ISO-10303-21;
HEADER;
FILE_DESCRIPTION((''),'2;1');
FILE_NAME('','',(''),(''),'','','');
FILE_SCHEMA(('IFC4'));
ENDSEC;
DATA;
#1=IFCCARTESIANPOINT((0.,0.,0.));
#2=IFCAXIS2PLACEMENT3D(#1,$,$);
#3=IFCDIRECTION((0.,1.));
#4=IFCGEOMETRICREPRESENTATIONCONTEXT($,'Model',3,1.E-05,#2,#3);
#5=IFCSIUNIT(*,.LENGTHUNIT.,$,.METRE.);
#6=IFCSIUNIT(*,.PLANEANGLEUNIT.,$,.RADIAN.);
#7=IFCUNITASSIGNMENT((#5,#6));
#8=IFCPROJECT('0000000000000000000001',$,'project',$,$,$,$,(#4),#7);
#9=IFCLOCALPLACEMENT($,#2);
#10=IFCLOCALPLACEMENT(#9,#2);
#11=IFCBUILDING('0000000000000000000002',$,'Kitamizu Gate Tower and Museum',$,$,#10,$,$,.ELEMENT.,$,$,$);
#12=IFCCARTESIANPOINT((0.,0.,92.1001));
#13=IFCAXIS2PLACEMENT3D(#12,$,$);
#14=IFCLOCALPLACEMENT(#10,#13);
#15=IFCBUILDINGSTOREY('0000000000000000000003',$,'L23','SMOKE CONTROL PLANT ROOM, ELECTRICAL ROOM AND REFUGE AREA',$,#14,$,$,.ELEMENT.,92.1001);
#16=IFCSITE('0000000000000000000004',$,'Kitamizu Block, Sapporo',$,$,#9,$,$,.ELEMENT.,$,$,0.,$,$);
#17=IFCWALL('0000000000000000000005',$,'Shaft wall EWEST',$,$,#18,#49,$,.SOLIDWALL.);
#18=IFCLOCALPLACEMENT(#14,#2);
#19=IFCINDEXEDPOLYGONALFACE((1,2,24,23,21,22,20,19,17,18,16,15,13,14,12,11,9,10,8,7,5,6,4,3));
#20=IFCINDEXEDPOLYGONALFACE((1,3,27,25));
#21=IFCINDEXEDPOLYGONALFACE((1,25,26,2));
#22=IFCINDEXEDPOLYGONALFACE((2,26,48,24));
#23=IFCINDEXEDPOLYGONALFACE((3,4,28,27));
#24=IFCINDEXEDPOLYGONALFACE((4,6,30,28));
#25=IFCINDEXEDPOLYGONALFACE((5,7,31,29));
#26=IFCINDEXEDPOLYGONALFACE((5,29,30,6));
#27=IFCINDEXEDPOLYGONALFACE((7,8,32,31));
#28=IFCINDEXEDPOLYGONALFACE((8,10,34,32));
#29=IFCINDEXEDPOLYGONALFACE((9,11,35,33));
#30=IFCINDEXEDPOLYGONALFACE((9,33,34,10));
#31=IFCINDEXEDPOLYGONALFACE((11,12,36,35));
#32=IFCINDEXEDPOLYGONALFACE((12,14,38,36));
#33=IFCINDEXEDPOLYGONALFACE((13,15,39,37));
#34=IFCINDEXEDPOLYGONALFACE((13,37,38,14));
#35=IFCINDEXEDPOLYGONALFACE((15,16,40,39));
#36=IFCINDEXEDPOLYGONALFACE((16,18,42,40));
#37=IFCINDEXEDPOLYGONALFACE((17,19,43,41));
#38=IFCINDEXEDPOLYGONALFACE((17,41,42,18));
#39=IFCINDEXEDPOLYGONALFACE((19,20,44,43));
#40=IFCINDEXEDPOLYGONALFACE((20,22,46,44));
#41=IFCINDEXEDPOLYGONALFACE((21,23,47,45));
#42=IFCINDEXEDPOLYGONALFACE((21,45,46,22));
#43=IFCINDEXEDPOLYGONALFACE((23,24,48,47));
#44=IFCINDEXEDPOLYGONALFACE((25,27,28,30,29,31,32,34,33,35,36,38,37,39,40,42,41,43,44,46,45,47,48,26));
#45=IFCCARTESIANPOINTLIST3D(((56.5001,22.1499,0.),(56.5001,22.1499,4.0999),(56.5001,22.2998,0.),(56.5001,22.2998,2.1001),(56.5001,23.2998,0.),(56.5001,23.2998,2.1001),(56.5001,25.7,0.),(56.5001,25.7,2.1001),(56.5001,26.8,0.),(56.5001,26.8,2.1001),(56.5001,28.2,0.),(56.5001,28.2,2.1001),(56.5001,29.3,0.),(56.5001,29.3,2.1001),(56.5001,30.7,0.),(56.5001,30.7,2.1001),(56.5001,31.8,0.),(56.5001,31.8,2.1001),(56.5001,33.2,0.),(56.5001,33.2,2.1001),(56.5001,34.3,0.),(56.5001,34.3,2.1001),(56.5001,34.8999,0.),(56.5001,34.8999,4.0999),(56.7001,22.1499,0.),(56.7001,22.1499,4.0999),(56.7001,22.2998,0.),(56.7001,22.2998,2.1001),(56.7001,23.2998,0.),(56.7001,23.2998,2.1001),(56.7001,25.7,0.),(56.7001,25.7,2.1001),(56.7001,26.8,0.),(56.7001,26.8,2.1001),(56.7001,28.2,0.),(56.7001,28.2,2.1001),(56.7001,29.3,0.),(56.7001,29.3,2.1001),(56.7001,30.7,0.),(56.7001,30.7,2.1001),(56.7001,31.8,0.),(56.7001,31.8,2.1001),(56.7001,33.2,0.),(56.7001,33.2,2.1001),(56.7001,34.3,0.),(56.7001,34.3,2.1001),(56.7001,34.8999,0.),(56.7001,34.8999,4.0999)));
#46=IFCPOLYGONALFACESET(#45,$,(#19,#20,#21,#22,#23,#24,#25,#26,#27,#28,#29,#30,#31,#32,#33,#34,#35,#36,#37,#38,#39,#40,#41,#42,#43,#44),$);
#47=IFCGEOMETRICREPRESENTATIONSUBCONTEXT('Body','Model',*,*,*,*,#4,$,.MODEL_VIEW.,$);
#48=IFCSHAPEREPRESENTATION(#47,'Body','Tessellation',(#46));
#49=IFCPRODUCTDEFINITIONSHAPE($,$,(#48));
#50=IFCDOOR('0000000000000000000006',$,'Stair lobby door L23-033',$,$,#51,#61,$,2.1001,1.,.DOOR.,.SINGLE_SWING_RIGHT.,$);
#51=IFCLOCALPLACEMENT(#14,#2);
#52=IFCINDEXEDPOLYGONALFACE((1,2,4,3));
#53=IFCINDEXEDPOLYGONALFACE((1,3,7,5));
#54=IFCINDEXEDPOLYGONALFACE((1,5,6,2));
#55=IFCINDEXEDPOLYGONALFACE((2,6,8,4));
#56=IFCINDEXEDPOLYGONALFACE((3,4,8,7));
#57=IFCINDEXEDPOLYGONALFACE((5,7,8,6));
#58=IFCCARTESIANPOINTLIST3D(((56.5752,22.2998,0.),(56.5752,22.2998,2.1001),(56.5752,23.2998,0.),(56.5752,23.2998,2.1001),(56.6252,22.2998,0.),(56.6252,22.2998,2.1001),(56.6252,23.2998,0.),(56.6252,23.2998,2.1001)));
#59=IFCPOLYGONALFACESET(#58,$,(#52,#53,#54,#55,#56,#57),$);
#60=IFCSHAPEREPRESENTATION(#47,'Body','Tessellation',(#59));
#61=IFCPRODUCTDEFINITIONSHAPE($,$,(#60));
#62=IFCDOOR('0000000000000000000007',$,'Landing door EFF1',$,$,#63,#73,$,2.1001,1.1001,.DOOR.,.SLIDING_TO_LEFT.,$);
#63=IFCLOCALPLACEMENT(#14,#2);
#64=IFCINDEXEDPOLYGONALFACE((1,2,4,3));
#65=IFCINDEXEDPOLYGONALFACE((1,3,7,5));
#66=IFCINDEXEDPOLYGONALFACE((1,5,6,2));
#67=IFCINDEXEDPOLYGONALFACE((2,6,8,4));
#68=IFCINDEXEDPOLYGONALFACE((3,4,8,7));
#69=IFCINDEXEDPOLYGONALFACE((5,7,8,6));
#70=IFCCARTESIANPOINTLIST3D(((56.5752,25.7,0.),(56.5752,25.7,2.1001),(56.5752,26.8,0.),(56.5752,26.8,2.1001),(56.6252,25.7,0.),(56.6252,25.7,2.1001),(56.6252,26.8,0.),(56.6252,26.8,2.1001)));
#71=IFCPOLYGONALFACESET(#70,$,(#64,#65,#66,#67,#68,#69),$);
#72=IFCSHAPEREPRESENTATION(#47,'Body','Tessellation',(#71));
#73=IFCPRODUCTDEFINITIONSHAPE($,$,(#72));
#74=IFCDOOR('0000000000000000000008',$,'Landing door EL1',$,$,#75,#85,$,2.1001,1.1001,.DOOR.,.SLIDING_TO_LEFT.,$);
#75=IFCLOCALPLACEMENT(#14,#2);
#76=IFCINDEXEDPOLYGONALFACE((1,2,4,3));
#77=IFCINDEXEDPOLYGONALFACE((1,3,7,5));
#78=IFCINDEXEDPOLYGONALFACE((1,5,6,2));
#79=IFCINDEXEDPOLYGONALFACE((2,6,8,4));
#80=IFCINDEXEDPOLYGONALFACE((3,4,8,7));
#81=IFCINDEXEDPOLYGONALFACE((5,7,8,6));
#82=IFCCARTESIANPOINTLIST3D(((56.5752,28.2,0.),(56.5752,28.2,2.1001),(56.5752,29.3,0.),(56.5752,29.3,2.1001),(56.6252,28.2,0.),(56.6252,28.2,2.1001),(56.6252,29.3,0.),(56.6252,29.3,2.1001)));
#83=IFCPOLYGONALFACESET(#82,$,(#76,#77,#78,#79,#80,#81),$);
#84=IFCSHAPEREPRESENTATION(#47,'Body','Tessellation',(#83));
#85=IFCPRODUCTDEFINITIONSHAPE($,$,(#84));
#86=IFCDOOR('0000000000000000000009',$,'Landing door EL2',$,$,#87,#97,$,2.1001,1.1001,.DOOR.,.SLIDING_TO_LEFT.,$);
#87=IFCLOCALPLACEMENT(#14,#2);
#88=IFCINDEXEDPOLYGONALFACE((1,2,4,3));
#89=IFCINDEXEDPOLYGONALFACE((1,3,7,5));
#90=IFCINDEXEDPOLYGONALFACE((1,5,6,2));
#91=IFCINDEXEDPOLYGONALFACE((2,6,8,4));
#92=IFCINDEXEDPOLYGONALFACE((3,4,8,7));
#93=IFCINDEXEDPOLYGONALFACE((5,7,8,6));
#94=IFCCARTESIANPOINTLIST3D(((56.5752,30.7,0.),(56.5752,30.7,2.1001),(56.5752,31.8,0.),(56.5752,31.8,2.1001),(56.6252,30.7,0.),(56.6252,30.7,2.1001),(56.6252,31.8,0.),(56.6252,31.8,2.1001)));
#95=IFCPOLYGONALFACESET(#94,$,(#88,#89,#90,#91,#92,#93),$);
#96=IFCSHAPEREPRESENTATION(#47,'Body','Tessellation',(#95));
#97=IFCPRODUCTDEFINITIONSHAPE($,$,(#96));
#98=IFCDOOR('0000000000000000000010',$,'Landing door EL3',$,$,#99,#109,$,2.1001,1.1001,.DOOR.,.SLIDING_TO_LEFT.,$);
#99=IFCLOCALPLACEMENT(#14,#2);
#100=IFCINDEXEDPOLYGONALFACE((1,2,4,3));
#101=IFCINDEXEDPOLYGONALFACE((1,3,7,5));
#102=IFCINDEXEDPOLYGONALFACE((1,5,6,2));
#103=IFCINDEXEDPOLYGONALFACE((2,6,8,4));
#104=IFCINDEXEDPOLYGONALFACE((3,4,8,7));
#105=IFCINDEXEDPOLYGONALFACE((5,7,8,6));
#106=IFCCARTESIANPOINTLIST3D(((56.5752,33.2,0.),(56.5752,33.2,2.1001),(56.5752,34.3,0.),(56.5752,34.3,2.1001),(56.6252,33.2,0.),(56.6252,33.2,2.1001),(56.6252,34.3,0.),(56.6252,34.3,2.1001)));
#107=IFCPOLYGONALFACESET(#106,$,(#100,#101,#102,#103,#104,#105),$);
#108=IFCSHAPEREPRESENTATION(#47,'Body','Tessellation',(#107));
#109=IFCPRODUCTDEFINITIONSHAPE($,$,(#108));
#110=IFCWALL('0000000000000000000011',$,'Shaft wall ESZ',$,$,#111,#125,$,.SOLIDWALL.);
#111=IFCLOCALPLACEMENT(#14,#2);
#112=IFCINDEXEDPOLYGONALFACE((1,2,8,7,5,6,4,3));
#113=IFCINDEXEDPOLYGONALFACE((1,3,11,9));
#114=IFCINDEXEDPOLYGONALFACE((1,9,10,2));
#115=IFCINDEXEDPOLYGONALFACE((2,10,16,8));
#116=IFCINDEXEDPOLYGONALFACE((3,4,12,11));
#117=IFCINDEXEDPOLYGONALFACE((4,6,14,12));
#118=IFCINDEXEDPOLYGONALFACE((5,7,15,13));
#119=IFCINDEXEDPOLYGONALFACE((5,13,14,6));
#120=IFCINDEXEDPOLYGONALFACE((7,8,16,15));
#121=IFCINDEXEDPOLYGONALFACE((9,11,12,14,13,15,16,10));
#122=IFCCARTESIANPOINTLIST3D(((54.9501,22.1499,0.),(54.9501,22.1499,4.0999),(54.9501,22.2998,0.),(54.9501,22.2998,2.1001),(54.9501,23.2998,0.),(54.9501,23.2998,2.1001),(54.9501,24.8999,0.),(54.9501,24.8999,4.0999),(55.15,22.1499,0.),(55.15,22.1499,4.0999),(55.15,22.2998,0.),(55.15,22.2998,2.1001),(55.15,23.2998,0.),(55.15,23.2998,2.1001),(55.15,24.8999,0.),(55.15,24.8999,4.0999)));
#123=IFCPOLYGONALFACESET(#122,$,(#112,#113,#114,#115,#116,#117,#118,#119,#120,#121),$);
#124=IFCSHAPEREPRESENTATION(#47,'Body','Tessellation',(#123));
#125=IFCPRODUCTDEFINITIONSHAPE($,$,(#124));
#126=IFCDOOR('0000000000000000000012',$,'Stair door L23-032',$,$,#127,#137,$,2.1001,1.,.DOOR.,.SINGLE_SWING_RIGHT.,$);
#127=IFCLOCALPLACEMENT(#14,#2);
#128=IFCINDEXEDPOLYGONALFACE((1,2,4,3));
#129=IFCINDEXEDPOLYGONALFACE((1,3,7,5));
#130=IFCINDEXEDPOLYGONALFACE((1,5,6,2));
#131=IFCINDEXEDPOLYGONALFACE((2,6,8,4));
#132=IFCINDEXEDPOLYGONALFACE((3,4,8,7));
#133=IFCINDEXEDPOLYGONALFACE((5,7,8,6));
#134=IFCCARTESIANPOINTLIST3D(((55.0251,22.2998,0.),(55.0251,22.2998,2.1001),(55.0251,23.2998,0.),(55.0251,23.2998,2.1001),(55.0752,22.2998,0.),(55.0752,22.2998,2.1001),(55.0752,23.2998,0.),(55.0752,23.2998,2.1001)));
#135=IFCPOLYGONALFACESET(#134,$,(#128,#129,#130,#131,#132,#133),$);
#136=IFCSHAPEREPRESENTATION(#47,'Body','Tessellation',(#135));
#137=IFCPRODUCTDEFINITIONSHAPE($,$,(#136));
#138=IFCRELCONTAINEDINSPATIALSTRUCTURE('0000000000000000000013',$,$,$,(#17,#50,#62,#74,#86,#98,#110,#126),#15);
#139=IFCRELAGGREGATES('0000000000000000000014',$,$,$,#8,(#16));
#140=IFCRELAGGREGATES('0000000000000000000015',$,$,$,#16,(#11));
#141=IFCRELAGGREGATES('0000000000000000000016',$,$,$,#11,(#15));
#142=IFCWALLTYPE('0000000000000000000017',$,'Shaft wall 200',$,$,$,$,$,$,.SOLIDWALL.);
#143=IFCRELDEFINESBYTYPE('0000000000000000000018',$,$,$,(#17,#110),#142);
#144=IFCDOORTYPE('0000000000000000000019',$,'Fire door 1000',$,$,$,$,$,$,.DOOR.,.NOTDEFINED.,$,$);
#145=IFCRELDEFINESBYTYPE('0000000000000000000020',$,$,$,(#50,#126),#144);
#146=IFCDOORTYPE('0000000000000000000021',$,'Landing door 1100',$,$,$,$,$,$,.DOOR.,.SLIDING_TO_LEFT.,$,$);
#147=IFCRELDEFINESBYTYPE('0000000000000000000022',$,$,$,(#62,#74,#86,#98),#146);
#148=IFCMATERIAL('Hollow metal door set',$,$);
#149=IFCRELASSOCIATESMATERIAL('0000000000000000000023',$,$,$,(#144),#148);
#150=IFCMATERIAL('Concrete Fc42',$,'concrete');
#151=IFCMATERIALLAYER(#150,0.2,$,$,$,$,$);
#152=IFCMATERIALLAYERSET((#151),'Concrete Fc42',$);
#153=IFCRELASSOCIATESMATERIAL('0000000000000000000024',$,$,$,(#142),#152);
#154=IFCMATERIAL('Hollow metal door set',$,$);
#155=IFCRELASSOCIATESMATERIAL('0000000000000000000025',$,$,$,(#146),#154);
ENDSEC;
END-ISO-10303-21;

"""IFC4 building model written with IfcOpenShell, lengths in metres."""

from ifc_helpers import new_model, si_unit, direction, frame, frame_2d, origin, place, context, subcontext, project, spatial, rectangle, extrude, material, layer, layer_set, type_object, element, fill, save


model = new_model("IFC4")

# Units and contexts
model_context = context("Model", 3, precision=1e-05, world=origin(), true_north=direction((0.0, 1.0)))
body_context = subcontext(model_context, "Body", "Model", "MODEL_VIEW")
ifc_project = project(units=[si_unit("LENGTHUNIT", "METRE"), si_unit("PLANEANGLEUNIT", "RADIAN")], contexts=[model_context])

# Site, building, storey
site_placement = place(None, origin())
site = spatial("IfcSite", under=ifc_project, at=site_placement, Name="Kitamizu Block, Sapporo", CompositionType="ELEMENT", RefElevation=0.0)
building_placement = place(site_placement, origin())
building = spatial("IfcBuilding", under=site, at=building_placement, Name="Kitamizu Gate Tower and Museum", CompositionType="ELEMENT")
storey_placement = place(building_placement, frame((0.0, 0.0, 92.1001)))
storey = spatial("IfcBuildingStorey", under=building, at=storey_placement, Name="L23", Description="SMOKE CONTROL PLANT ROOM, ELECTRICAL ROOM AND REFUGE AREA", CompositionType="ELEMENT", Elevation=92.1001)

# Wall, openings, doors
ifc_material_1 = material(Name="Hollow metal door set")
door_type_1 = type_object("IfcDoorType", Name="Fire door 1000", OperationType="NOTDEFINED", PredefinedType="DOOR", material=ifc_material_1)
ifc_material_2 = material(Name="Concrete Fc42", Category="concrete")
ifc_layer_1 = layer(ifc_material_2, 0.2)
ifc_layer_set_1 = layer_set([ifc_layer_1], Name="Concrete Fc42")
wall_type_1 = type_object("IfcWallType", Name="Shaft wall 200", PredefinedType="SOLIDWALL", material=ifc_layer_set_1)
wall_1_placement = place(storey_placement, frame((56.6001, 22.1499, 0.0), z_axis=(0.0, 0.0, 1.0), x_axis=(0.0, 1.0, 0.0)))
wall_1 = element("IfcWall", 1, at=wall_1_placement, inside=storey, type_object=wall_type_1, Name="Shaft wall EWEST", PredefinedType="SOLIDWALL", context=body_context, shape_type="SweptSolid", body=[
    extrude(rectangle(XDim=12.75, YDim=0.2, at=frame_2d((6.375, 0.0))), origin(), (0.0, 0.0, 1.0), 4.0999),
])
opening_1_placement = place(wall_1_placement, frame((3.55, 0.0, 0.0)))
opening_1 = element("IfcOpeningElement", 2, at=opening_1_placement, cuts=wall_1, PredefinedType="OPENING", context=body_context, shape_type="SweptSolid", body=[
    extrude(rectangle(XDim=1.1001, YDim=2.1001, at=frame_2d((0.55, 1.05))), frame((0.0, 0.1099, 0.0), z_axis=(0.0, -1.0, 0.0), x_axis=(1.0, 0.0, 0.0)), (0.0, 0.0, 1.0), 0.22),
])
opening_2_placement = place(wall_1_placement, frame((6.05, 0.0, 0.0)))
opening_2 = element("IfcOpeningElement", 3, at=opening_2_placement, cuts=wall_1, PredefinedType="OPENING", context=body_context, shape_type="SweptSolid", body=[
    extrude(rectangle(XDim=1.1001, YDim=2.1001, at=frame_2d((0.55, 1.05))), frame((0.0, 0.1099, 0.0), z_axis=(0.0, -1.0, 0.0), x_axis=(1.0, 0.0, 0.0)), (0.0, 0.0, 1.0), 0.22),
])
opening_3_placement = place(wall_1_placement, frame((8.55, 0.0, 0.0)))
opening_3 = element("IfcOpeningElement", 4, at=opening_3_placement, cuts=wall_1, PredefinedType="OPENING", context=body_context, shape_type="SweptSolid", body=[
    extrude(rectangle(XDim=1.1001, YDim=2.1001, at=frame_2d((0.55, 1.05))), frame((0.0, 0.1099, 0.0), z_axis=(0.0, -1.0, 0.0), x_axis=(1.0, 0.0, 0.0)), (0.0, 0.0, 1.0), 0.22),
])
opening_4_placement = place(wall_1_placement, frame((11.05, 0.0, 0.0)))
opening_4 = element("IfcOpeningElement", 5, at=opening_4_placement, cuts=wall_1, PredefinedType="OPENING", context=body_context, shape_type="SweptSolid", body=[
    extrude(rectangle(XDim=1.1001, YDim=2.1001, at=frame_2d((0.55, 1.05))), frame((0.0, 0.1099, 0.0), z_axis=(0.0, -1.0, 0.0), x_axis=(1.0, 0.0, 0.0)), (0.0, 0.0, 1.0), 0.22),
])
opening_5_placement = place(wall_1_placement, frame((0.1499, 0.0, 0.0)))
opening_5 = element("IfcOpeningElement", 6, at=opening_5_placement, cuts=wall_1, PredefinedType="OPENING", context=body_context, shape_type="SweptSolid", body=[
    extrude(rectangle(XDim=1.0, YDim=2.1001, at=frame_2d((0.5, 1.05))), frame((0.0, 0.1099, 0.0), z_axis=(0.0, -1.0, 0.0), x_axis=(1.0, 0.0, 0.0)), (0.0, 0.0, 1.0), 0.22),
])
door_1_placement = place(opening_5_placement, origin())
door_1 = element("IfcDoor", 7, at=door_1_placement, inside=storey, type_object=door_type_1, Name="Stair lobby door L23-033", OperationType="SINGLE_SWING_RIGHT", OverallHeight=2.1001, OverallWidth=1.0, PredefinedType="DOOR", context=body_context, shape_type="SweptSolid", body=[
    extrude(rectangle(XDim=1.0, YDim=2.1001, at=frame_2d((0.5, 1.05))), frame((0.0, 0.0249, 0.0), z_axis=(0.0, -1.0, 0.0), x_axis=(1.0, 0.0, 0.0)), (0.0, 0.0, 1.0), 0.05),
])
fill(opening_5, door_1)
ifc_material_3 = material(Name="Hollow metal door set")
door_type_2 = type_object("IfcDoorType", Name="Landing door 1100", OperationType="SLIDING_TO_LEFT", PredefinedType="DOOR", material=ifc_material_3)
door_2_placement = place(opening_1_placement, origin())
door_2 = element("IfcDoor", 8, at=door_2_placement, inside=storey, type_object=door_type_2, Name="Landing door EFF1", OperationType="SLIDING_TO_LEFT", OverallHeight=2.1001, OverallWidth=1.1001, PredefinedType="DOOR", context=body_context, shape_type="SweptSolid", body=[
    extrude(rectangle(XDim=1.1001, YDim=2.1001, at=frame_2d((0.55, 1.05))), frame((0.0, 0.0249, 0.0), z_axis=(0.0, -1.0, 0.0), x_axis=(1.0, 0.0, 0.0)), (0.0, 0.0, 1.0), 0.05),
])
fill(opening_1, door_2)
door_3_placement = place(opening_2_placement, origin())
door_3 = element("IfcDoor", 9, at=door_3_placement, inside=storey, type_object=door_type_2, Name="Landing door EL1", OperationType="SLIDING_TO_LEFT", OverallHeight=2.1001, OverallWidth=1.1001, PredefinedType="DOOR", context=body_context, shape_type="SweptSolid", body=[
    extrude(rectangle(XDim=1.1001, YDim=2.1001, at=frame_2d((0.55, 1.05))), frame((0.0, 0.0249, 0.0), z_axis=(0.0, -1.0, 0.0), x_axis=(1.0, 0.0, 0.0)), (0.0, 0.0, 1.0), 0.05),
])
fill(opening_2, door_3)
door_4_placement = place(opening_3_placement, origin())
door_4 = element("IfcDoor", 10, at=door_4_placement, inside=storey, type_object=door_type_2, Name="Landing door EL2", OperationType="SLIDING_TO_LEFT", OverallHeight=2.1001, OverallWidth=1.1001, PredefinedType="DOOR", context=body_context, shape_type="SweptSolid", body=[
    extrude(rectangle(XDim=1.1001, YDim=2.1001, at=frame_2d((0.55, 1.05))), frame((0.0, 0.0249, 0.0), z_axis=(0.0, -1.0, 0.0), x_axis=(1.0, 0.0, 0.0)), (0.0, 0.0, 1.0), 0.05),
])
fill(opening_3, door_4)
door_5_placement = place(opening_4_placement, origin())
door_5 = element("IfcDoor", 11, at=door_5_placement, inside=storey, type_object=door_type_2, Name="Landing door EL3", OperationType="SLIDING_TO_LEFT", OverallHeight=2.1001, OverallWidth=1.1001, PredefinedType="DOOR", context=body_context, shape_type="SweptSolid", body=[
    extrude(rectangle(XDim=1.1001, YDim=2.1001, at=frame_2d((0.55, 1.05))), frame((0.0, 0.0249, 0.0), z_axis=(0.0, -1.0, 0.0), x_axis=(1.0, 0.0, 0.0)), (0.0, 0.0, 1.0), 0.05),
])
fill(opening_4, door_5)

# Wall, opening, door
wall_2_placement = place(storey_placement, frame((55.05, 22.1499, 0.0), z_axis=(0.0, 0.0, 1.0), x_axis=(0.0, 1.0, 0.0)))
wall_2 = element("IfcWall", 12, at=wall_2_placement, inside=storey, type_object=wall_type_1, Name="Shaft wall ESZ", PredefinedType="SOLIDWALL", context=body_context, shape_type="SweptSolid", body=[
    extrude(rectangle(XDim=2.75, YDim=0.2, at=frame_2d((1.375, 0.0))), origin(), (0.0, 0.0, 1.0), 4.0999),
])
opening_6_placement = place(wall_2_placement, frame((0.1499, 0.0, 0.0)))
opening_6 = element("IfcOpeningElement", 13, at=opening_6_placement, cuts=wall_2, PredefinedType="OPENING", context=body_context, shape_type="SweptSolid", body=[
    extrude(rectangle(XDim=1.0, YDim=2.1001, at=frame_2d((0.5, 1.05))), frame((0.0, 0.1099, 0.0), z_axis=(0.0, -1.0, 0.0), x_axis=(1.0, 0.0, 0.0)), (0.0, 0.0, 1.0), 0.22),
])
door_6_placement = place(opening_6_placement, origin())
door_6 = element("IfcDoor", 14, at=door_6_placement, inside=storey, type_object=door_type_1, Name="Stair door L23-032", OperationType="SINGLE_SWING_RIGHT", OverallHeight=2.1001, OverallWidth=1.0, PredefinedType="DOOR", context=body_context, shape_type="SweptSolid", body=[
    extrude(rectangle(XDim=1.0, YDim=2.1001, at=frame_2d((0.5, 1.05))), frame((0.0, 0.0249, 0.0), z_axis=(0.0, -1.0, 0.0), x_axis=(1.0, 0.0, 0.0)), (0.0, 0.0, 1.0), 0.05),
])
fill(opening_6, door_6)

save(model, "model.ifc")
